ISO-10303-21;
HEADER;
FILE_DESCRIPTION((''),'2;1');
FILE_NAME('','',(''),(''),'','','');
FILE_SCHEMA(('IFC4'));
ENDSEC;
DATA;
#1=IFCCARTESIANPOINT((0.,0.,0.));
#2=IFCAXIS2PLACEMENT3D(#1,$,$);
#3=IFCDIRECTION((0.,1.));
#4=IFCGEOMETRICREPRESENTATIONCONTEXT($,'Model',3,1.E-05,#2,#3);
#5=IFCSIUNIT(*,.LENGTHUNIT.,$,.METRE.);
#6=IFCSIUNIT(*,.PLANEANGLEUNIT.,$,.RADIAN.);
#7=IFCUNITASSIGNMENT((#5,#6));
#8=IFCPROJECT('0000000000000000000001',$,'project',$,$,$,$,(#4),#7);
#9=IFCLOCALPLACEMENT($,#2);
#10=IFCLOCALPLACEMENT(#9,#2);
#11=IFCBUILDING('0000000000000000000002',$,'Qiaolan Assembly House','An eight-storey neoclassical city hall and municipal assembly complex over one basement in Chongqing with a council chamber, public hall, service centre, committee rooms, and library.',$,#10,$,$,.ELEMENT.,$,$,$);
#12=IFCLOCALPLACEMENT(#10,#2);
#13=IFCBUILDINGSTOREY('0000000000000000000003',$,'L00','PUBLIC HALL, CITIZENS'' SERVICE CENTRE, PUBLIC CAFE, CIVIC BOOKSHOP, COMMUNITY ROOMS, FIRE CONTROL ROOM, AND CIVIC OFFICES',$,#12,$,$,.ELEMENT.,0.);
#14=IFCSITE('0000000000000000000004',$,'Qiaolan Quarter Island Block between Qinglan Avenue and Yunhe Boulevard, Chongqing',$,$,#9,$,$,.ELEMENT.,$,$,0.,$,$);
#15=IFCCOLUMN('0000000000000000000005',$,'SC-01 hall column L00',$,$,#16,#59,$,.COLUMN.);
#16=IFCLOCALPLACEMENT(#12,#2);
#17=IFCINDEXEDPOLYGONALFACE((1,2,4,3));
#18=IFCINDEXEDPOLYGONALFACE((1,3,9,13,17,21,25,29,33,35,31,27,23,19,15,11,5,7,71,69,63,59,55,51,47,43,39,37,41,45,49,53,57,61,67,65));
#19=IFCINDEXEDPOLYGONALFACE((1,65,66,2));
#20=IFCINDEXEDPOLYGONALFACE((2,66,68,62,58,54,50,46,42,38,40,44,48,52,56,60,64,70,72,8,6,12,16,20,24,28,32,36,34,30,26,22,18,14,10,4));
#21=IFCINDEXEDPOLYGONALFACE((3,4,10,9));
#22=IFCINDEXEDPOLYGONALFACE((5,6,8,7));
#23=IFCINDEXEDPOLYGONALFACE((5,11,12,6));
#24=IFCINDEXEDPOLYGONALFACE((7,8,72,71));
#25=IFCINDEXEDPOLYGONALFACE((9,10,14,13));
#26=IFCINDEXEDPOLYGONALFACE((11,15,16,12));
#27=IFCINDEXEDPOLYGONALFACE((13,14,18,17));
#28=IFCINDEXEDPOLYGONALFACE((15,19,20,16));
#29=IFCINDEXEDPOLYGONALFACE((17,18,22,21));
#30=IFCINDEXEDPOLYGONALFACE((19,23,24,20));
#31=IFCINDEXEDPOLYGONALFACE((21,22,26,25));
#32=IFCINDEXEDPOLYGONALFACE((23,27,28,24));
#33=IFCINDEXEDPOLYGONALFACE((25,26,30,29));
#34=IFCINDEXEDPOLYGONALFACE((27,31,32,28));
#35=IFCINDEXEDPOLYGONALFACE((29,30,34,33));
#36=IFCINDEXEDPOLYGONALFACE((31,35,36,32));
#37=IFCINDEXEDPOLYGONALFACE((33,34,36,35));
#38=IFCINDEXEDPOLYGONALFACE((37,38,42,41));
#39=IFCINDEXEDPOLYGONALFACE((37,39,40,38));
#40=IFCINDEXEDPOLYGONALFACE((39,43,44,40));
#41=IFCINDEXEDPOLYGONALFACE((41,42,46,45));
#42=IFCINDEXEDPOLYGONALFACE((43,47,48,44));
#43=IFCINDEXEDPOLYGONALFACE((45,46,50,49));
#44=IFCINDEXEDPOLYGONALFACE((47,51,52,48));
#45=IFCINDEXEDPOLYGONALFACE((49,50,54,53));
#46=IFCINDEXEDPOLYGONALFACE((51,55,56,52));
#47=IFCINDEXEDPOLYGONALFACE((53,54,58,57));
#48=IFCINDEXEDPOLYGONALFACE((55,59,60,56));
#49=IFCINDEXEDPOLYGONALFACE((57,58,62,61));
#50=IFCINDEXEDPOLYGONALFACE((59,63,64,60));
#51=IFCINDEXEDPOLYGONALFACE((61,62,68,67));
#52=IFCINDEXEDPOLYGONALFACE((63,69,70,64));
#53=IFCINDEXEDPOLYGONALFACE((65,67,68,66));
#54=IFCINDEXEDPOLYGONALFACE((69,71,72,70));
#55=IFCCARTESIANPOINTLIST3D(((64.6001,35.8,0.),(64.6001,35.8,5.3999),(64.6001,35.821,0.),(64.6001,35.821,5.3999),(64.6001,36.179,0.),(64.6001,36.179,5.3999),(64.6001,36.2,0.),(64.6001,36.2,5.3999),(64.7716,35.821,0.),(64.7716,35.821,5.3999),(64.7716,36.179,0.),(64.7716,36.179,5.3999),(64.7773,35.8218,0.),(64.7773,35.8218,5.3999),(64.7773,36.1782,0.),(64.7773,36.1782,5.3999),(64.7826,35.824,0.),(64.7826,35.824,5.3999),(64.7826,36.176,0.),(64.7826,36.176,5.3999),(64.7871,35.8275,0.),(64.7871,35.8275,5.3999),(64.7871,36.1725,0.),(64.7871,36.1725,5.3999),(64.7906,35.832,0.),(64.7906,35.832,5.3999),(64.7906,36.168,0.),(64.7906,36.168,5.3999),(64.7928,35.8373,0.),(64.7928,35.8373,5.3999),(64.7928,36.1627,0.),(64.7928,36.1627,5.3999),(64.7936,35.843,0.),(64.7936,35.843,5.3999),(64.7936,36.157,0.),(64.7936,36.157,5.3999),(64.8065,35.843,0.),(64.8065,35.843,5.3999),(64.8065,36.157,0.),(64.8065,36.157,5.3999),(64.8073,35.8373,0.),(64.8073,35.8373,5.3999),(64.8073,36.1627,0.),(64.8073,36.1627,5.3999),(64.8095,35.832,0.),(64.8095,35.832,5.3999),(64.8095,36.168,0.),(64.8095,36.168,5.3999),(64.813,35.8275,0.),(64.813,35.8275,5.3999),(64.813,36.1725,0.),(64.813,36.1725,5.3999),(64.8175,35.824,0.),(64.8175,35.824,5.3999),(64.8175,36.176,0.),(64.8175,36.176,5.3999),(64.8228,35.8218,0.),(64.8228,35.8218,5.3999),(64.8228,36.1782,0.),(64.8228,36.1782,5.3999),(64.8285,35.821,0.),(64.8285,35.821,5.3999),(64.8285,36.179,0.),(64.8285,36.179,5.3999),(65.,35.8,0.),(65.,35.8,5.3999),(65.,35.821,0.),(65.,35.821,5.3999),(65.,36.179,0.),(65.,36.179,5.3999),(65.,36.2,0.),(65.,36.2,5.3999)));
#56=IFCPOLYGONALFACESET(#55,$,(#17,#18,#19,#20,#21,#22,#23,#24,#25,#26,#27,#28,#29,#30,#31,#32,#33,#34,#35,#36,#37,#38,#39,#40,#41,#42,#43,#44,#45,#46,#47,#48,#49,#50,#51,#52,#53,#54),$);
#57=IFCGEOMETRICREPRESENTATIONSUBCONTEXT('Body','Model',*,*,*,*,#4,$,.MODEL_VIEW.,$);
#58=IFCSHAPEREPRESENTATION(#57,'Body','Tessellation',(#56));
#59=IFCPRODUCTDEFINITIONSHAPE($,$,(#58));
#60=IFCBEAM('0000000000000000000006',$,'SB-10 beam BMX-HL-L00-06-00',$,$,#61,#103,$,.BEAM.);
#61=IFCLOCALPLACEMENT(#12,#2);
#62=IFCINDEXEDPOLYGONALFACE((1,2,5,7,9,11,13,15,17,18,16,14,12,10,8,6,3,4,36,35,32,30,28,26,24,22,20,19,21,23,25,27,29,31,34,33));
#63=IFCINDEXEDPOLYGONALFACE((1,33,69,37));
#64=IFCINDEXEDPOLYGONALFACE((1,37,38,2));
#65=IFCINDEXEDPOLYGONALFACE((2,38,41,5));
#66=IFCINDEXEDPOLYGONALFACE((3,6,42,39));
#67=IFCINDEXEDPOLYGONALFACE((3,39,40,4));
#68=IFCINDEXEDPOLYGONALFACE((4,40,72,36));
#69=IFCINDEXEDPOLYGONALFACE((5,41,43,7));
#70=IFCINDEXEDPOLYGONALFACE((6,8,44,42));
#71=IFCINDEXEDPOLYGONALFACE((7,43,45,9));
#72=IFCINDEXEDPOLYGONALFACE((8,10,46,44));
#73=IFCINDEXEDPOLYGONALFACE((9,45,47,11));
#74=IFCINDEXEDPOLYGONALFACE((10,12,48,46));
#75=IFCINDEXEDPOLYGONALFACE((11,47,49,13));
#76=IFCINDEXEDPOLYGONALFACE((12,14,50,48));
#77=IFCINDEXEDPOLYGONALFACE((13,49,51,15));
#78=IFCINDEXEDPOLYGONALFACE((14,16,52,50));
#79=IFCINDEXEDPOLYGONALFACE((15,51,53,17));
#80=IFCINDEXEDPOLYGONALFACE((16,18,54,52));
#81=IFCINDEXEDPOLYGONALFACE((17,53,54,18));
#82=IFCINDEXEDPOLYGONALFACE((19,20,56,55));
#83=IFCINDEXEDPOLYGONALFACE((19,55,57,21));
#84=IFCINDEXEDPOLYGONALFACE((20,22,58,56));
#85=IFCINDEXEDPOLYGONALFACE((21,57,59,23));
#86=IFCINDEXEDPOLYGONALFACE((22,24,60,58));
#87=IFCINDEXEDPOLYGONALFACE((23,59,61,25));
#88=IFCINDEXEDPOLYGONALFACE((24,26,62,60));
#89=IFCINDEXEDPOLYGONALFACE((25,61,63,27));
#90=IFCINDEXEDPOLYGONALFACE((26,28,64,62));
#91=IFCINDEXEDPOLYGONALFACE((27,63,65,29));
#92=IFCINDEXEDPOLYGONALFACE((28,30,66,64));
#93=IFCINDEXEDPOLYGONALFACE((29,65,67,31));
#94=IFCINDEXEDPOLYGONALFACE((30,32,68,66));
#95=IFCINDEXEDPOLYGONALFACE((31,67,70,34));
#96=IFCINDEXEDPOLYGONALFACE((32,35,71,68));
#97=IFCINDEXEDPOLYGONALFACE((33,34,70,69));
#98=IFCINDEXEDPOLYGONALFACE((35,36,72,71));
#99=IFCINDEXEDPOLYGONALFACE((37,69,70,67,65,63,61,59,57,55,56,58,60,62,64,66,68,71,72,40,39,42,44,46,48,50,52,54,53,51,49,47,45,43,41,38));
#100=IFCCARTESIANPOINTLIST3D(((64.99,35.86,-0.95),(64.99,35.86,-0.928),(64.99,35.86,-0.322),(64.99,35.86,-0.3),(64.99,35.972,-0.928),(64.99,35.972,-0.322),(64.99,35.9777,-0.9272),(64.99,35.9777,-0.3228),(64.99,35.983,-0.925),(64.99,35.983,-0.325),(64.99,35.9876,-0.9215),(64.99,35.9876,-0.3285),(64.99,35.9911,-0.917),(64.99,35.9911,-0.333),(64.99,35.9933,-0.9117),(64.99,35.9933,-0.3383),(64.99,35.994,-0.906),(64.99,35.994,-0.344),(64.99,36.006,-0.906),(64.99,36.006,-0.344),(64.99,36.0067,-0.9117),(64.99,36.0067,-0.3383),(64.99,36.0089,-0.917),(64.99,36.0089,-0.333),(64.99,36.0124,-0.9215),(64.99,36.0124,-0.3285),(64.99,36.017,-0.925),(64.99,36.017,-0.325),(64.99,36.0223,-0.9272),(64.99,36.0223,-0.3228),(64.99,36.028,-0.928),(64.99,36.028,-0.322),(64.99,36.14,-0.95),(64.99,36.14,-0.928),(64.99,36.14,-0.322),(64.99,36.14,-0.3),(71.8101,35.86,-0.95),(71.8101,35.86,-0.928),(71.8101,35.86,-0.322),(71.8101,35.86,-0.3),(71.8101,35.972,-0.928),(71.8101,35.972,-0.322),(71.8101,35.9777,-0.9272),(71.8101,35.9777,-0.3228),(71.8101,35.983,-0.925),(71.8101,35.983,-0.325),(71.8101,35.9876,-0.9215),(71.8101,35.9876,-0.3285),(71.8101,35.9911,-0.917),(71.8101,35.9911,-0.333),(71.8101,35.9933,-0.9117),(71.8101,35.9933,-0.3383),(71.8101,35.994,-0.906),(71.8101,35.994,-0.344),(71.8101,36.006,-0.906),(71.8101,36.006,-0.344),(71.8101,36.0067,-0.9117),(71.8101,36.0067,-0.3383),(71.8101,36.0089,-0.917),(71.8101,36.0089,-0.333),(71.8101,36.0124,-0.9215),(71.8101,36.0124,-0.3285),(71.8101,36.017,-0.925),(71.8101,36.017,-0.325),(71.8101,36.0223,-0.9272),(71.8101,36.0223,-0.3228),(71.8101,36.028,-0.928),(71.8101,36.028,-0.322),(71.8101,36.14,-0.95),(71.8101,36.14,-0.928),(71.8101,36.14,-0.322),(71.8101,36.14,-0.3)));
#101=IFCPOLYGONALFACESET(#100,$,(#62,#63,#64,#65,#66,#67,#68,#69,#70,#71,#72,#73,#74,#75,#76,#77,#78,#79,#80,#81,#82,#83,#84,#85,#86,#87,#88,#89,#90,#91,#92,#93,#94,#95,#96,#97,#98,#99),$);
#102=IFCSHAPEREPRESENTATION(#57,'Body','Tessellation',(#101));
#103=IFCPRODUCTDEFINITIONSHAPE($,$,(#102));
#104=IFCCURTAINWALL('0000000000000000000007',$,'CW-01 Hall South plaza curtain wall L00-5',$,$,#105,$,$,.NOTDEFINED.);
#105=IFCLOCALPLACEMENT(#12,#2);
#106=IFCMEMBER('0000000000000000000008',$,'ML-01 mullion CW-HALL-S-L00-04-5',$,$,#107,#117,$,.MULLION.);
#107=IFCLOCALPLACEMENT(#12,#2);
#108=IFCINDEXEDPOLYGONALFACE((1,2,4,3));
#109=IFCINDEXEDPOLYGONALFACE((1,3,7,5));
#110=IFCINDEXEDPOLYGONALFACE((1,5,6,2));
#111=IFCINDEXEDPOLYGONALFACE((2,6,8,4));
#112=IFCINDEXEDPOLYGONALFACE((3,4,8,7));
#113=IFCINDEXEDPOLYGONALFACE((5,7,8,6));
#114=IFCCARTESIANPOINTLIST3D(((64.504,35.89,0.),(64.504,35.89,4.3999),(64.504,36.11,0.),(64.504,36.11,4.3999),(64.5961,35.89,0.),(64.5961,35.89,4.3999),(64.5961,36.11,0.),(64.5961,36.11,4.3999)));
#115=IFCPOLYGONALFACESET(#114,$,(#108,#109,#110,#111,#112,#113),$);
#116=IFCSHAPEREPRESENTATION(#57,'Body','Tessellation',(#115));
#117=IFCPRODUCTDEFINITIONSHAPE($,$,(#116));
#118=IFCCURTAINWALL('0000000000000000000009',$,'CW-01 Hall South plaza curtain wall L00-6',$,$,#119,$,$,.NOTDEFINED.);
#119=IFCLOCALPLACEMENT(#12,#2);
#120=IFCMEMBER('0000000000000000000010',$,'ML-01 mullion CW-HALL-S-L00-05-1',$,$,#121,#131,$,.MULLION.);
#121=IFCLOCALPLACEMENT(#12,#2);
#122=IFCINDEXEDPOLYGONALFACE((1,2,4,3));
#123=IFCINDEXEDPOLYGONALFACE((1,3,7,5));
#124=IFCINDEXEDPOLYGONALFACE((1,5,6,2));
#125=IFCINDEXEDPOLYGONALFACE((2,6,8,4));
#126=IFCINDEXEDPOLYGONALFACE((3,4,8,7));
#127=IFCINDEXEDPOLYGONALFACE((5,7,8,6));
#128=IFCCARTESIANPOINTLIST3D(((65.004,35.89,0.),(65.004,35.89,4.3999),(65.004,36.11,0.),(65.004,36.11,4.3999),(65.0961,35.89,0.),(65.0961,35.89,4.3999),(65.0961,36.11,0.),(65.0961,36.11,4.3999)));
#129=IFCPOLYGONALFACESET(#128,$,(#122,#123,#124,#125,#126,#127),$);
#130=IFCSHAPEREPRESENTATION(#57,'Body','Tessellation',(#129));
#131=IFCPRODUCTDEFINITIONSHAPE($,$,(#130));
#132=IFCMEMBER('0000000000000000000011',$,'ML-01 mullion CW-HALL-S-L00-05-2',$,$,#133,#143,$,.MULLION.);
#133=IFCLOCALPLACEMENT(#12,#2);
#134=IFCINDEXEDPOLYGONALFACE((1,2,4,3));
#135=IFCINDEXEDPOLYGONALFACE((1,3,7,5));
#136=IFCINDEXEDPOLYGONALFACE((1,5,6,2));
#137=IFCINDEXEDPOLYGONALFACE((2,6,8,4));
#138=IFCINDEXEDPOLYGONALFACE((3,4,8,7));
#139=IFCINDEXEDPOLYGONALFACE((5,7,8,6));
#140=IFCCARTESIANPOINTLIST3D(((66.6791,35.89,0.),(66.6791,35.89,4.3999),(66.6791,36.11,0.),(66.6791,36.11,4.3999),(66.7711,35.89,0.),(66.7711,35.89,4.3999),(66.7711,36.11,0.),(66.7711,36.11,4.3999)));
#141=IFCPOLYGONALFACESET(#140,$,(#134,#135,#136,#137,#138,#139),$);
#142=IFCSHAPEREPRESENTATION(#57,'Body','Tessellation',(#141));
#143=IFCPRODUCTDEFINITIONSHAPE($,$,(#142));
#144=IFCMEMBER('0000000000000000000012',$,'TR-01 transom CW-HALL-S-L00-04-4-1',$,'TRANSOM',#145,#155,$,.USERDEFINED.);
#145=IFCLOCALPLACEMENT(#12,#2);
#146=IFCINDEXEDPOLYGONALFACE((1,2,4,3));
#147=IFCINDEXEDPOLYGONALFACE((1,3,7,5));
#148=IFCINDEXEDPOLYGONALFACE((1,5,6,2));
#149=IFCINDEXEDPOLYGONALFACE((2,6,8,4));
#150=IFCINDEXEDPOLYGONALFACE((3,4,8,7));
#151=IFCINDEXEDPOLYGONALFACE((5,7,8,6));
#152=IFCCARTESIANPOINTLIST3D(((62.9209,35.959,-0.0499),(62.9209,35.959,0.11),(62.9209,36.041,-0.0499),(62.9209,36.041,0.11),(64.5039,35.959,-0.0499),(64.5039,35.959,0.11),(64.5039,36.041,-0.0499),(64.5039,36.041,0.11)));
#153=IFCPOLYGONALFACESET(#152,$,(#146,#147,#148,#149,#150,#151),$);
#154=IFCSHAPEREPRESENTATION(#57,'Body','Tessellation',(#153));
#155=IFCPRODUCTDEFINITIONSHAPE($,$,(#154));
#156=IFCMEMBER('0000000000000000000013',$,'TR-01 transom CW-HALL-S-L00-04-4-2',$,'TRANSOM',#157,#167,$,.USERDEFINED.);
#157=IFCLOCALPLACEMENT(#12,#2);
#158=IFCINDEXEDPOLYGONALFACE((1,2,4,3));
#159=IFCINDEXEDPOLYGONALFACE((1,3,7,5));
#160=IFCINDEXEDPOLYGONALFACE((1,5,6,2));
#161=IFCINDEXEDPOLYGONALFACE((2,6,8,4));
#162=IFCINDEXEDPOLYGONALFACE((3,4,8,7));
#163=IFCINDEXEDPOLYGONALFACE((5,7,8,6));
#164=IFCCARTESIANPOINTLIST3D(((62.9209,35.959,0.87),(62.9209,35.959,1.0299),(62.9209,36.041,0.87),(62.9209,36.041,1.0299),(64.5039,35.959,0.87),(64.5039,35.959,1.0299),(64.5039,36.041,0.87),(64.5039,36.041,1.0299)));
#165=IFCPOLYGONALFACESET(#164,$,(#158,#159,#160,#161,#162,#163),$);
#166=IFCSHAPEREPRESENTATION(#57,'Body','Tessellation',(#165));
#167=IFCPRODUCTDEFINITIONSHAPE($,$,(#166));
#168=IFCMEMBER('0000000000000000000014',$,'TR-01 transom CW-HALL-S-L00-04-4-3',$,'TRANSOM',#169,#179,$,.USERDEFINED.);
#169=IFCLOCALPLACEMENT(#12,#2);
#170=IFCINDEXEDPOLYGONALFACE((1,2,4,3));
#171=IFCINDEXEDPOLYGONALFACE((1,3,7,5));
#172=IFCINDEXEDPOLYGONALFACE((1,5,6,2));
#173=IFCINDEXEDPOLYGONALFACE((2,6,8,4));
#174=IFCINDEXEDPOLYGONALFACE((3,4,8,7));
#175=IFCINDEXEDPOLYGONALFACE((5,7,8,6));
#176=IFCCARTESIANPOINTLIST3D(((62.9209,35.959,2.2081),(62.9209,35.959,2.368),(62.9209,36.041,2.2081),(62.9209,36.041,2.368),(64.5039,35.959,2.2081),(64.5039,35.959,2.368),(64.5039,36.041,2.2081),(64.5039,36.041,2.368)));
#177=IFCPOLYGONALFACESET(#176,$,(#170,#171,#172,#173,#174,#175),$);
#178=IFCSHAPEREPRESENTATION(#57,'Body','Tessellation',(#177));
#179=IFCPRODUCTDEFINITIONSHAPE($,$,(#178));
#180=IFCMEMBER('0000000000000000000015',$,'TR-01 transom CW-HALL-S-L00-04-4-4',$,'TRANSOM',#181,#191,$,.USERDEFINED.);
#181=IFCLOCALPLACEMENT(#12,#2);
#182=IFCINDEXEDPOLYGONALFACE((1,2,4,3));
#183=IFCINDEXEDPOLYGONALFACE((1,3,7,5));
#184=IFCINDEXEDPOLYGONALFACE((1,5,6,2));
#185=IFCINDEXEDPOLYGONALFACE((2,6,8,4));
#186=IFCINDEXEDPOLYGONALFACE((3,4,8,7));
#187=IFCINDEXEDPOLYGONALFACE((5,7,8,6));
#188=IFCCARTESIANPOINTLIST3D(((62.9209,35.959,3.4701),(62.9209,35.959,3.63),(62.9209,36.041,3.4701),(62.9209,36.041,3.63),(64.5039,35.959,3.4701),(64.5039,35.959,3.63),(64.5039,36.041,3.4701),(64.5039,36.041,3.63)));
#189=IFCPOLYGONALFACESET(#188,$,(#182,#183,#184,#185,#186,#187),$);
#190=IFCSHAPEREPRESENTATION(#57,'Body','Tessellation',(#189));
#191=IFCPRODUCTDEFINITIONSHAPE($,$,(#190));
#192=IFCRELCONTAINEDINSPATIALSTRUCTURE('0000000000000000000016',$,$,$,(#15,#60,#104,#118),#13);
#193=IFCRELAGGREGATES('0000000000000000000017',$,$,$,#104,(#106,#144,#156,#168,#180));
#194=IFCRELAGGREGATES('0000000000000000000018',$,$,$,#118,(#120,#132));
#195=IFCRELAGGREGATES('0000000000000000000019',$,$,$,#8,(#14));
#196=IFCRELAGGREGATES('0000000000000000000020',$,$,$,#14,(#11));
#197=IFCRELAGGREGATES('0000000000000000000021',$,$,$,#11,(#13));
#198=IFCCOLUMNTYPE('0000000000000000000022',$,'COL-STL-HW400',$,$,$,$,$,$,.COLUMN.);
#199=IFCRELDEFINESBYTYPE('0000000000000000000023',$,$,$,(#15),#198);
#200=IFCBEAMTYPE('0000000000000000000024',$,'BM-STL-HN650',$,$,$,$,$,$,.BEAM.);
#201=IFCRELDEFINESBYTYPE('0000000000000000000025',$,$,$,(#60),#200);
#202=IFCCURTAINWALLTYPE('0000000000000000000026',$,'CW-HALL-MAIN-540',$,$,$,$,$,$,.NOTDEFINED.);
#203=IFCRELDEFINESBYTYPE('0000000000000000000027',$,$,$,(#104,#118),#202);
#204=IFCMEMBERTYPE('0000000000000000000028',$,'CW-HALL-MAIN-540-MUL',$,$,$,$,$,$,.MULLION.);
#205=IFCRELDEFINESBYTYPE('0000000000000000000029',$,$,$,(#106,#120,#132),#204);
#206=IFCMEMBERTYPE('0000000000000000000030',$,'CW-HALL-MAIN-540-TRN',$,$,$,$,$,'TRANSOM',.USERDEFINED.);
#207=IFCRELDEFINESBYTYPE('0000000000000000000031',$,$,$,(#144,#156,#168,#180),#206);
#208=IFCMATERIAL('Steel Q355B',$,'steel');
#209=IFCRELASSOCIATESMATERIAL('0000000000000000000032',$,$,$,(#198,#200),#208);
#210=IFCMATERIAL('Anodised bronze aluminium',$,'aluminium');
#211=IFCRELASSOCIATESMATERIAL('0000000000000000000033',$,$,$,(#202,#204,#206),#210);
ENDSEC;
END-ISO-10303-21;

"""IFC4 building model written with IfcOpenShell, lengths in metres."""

from ifc_helpers import new_model, si_unit, direction, frame, origin, origin_2d, place, context, subcontext, project, spatial, rectangle, i_section, extrude, material, material_profile, profile_set, type_object, element, aggregate, save


model = new_model("IFC4")

# Units and contexts
model_context = context("Model", 3, precision=1e-05, world=origin(), true_north=direction((0.0, 1.0)))
body_context = subcontext(model_context, "Body", "Model", "MODEL_VIEW")
ifc_project = project(units=[si_unit("LENGTHUNIT", "METRE"), si_unit("PLANEANGLEUNIT", "RADIAN")], contexts=[model_context])

# Site, building, storey
site_placement = place(None, origin())
site = spatial("IfcSite", under=ifc_project, at=site_placement, Name="Qiaolan Quarter Island Block between Qinglan Avenue and Yunhe Boulevard, Chongqing", CompositionType="ELEMENT", RefElevation=0.0)
building_placement = place(site_placement, origin())
building = spatial("IfcBuilding", under=site, at=building_placement, Name="Qiaolan Assembly House", Description="An eight-storey neoclassical city hall and municipal assembly complex over one basement in Chongqing with a council chamber, public hall, service centre, committee rooms, and library.", CompositionType="ELEMENT")
storey_placement = place(building_placement, origin())
storey = spatial("IfcBuildingStorey", under=building, at=storey_placement, Name="L00", Description="PUBLIC HALL, CITIZENS' SERVICE CENTRE, PUBLIC CAFE, CIVIC BOOKSHOP, COMMUNITY ROOMS, FIRE CONTROL ROOM, AND CIVIC OFFICES", CompositionType="ELEMENT", Elevation=0.0)

# Column
ifc_material_1 = material(Name="Steel Q355B", Category="steel")
ifc_material_profile_1 = material_profile(ifc_material_1, i_section(OverallWidth=0.3999, OverallDepth=0.3999, WebThickness=0.0129, FlangeThickness=0.021, FilletRadius=0.022, at=origin_2d()), Name="HW 400x400x13x21")
ifc_profile_set_1 = profile_set([ifc_material_profile_1], Name="Steel Q355B")
column_type = type_object("IfcColumnType", Name="COL-STL-HW400", PredefinedType="COLUMN", material=ifc_profile_set_1)
column_placement = place(storey_placement, frame((64.8, 36.0, 0.0), z_axis=(0.0, 0.0, 1.0), x_axis=(1.0, 0.0, 0.0)))
element("IfcColumn", 1, at=column_placement, inside=storey, type_object=column_type, Name="SC-01 hall column L00", PredefinedType="COLUMN", context=body_context, shape_type="SweptSolid", body=[
    extrude(i_section(OverallWidth=0.3999, OverallDepth=0.3999, WebThickness=0.0129, FlangeThickness=0.021, FilletRadius=0.022, at=origin_2d()), origin(), (0.0, 0.0, 1.0), 5.3999),
])

# Beam
ifc_material_profile_2 = material_profile(ifc_material_1, i_section(OverallWidth=0.28, OverallDepth=0.6499, WebThickness=0.012, FlangeThickness=0.022, FilletRadius=0.022, at=origin_2d()), Name="HN 650x280x12x22")
ifc_profile_set_2 = profile_set([ifc_material_profile_2], Name="Steel Q355B")
beam_type = type_object("IfcBeamType", Name="BM-STL-HN650", PredefinedType="BEAM", material=ifc_profile_set_2)
beam_placement = place(storey_placement, frame((64.99, 36.0, -0.625), z_axis=(1.0, 0.0, 0.0), x_axis=(0.0, 1.0, 0.0)))
element("IfcBeam", 2, at=beam_placement, inside=storey, type_object=beam_type, Name="SB-10 beam BMX-HL-L00-06-00", PredefinedType="BEAM", context=body_context, shape_type="SweptSolid", body=[
    extrude(i_section(OverallWidth=0.28, OverallDepth=0.6499, WebThickness=0.012, FlangeThickness=0.022, FilletRadius=0.022, at=origin_2d()), origin(), (0.0, 0.0, 1.0), 6.8201),
])

# Curtain wall, member
ifc_material_2 = material(Name="Anodised bronze aluminium", Category="aluminium")
curtain_wall_type = type_object("IfcCurtainWallType", Name="CW-HALL-MAIN-540", PredefinedType="NOTDEFINED", material=ifc_material_2)
curtain_wall_1_placement = place(storey_placement, origin())
curtain_wall_1 = element("IfcCurtainWall", 3, at=curtain_wall_1_placement, inside=storey, type_object=curtain_wall_type, Name="CW-01 Hall South plaza curtain wall L00-5", PredefinedType="NOTDEFINED")
ifc_material_profile_3 = material_profile(ifc_material_2, rectangle(XDim=0.092, YDim=0.22, at=origin_2d()), Name="MUL 92x220")
ifc_profile_set_3 = profile_set([ifc_material_profile_3], Name="Anodised bronze aluminium")
member_type_1 = type_object("IfcMemberType", Name="CW-HALL-MAIN-540-MUL", PredefinedType="MULLION", material=ifc_profile_set_3)
member_1_placement = place(storey_placement, frame((64.55, 36.0, 0.0), z_axis=(0.0, 0.0, 1.0), x_axis=(1.0, 0.0, 0.0)))
member_1 = element("IfcMember", 4, at=member_1_placement, type_object=member_type_1, Name="ML-01 mullion CW-HALL-S-L00-04-5", PredefinedType="MULLION", context=body_context, shape_type="SweptSolid", body=[
    extrude(rectangle(XDim=0.092, YDim=0.22, at=origin_2d()), origin(), (0.0, 0.0, 1.0), 4.3999),
])

# Curtain wall, members
curtain_wall_2_placement = place(storey_placement, origin())
curtain_wall_2 = element("IfcCurtainWall", 5, at=curtain_wall_2_placement, inside=storey, type_object=curtain_wall_type, Name="CW-01 Hall South plaza curtain wall L00-6", PredefinedType="NOTDEFINED")
member_2_placement = place(storey_placement, frame((65.05, 36.0, 0.0), z_axis=(0.0, 0.0, 1.0), x_axis=(1.0, 0.0, 0.0)))
member_2 = element("IfcMember", 6, at=member_2_placement, type_object=member_type_1, Name="ML-01 mullion CW-HALL-S-L00-05-1", PredefinedType="MULLION", context=body_context, shape_type="SweptSolid", body=[
    extrude(rectangle(XDim=0.092, YDim=0.22, at=origin_2d()), origin(), (0.0, 0.0, 1.0), 4.3999),
])
member_3_placement = place(storey_placement, frame((66.7251, 36.0, 0.0), z_axis=(0.0, 0.0, 1.0), x_axis=(1.0, 0.0, 0.0)))
member_3 = element("IfcMember", 7, at=member_3_placement, type_object=member_type_1, Name="ML-01 mullion CW-HALL-S-L00-05-2", PredefinedType="MULLION", context=body_context, shape_type="SweptSolid", body=[
    extrude(rectangle(XDim=0.092, YDim=0.22, at=origin_2d()), origin(), (0.0, 0.0, 1.0), 4.3999),
])

# Members
ifc_material_profile_4 = material_profile(ifc_material_2, rectangle(XDim=0.082, YDim=0.1599, at=origin_2d()), Name="TRN 82x160")
ifc_profile_set_4 = profile_set([ifc_material_profile_4], Name="Anodised bronze aluminium")
member_type_2 = type_object("IfcMemberType", Name="CW-HALL-MAIN-540-TRN", ElementType="TRANSOM", PredefinedType="USERDEFINED", material=ifc_profile_set_4)
member_4_placement = place(storey_placement, frame((62.9209, 36.0, 0.03), z_axis=(1.0, 0.0, 0.0), x_axis=(0.0, 1.0, 0.0)))
member_4 = element("IfcMember", 8, at=member_4_placement, type_object=member_type_2, Name="TR-01 transom CW-HALL-S-L00-04-4-1", ObjectType="TRANSOM", PredefinedType="USERDEFINED", context=body_context, shape_type="SweptSolid", body=[
    extrude(rectangle(XDim=0.082, YDim=0.1599, at=origin_2d()), origin(), (0.0, 0.0, 1.0), 1.583),
])
member_5_placement = place(storey_placement, frame((62.9209, 36.0, 0.95), z_axis=(1.0, 0.0, 0.0), x_axis=(0.0, 1.0, 0.0)))
member_5 = element("IfcMember", 9, at=member_5_placement, type_object=member_type_2, Name="TR-01 transom CW-HALL-S-L00-04-4-2", ObjectType="TRANSOM", PredefinedType="USERDEFINED", context=body_context, shape_type="SweptSolid", body=[
    extrude(rectangle(XDim=0.082, YDim=0.1599, at=origin_2d()), origin(), (0.0, 0.0, 1.0), 1.583),
])
member_6_placement = place(storey_placement, frame((62.9209, 36.0, 2.2881), z_axis=(1.0, 0.0, 0.0), x_axis=(0.0, 1.0, 0.0)))
member_6 = element("IfcMember", 10, at=member_6_placement, type_object=member_type_2, Name="TR-01 transom CW-HALL-S-L00-04-4-3", ObjectType="TRANSOM", PredefinedType="USERDEFINED", context=body_context, shape_type="SweptSolid", body=[
    extrude(rectangle(XDim=0.082, YDim=0.1599, at=origin_2d()), origin(), (0.0, 0.0, 1.0), 1.583),
])
member_7_placement = place(storey_placement, frame((62.9209, 36.0, 3.55), z_axis=(1.0, 0.0, 0.0), x_axis=(0.0, 1.0, 0.0)))
member_7 = element("IfcMember", 11, at=member_7_placement, type_object=member_type_2, Name="TR-01 transom CW-HALL-S-L00-04-4-4", ObjectType="TRANSOM", PredefinedType="USERDEFINED", context=body_context, shape_type="SweptSolid", body=[
    extrude(rectangle(XDim=0.082, YDim=0.1599, at=origin_2d()), origin(), (0.0, 0.0, 1.0), 1.583),
])

aggregate(curtain_wall_1, [member_1, member_4, member_5, member_6, member_7])
aggregate(curtain_wall_2, [member_2, member_3])

save(model, "model.ifc")
